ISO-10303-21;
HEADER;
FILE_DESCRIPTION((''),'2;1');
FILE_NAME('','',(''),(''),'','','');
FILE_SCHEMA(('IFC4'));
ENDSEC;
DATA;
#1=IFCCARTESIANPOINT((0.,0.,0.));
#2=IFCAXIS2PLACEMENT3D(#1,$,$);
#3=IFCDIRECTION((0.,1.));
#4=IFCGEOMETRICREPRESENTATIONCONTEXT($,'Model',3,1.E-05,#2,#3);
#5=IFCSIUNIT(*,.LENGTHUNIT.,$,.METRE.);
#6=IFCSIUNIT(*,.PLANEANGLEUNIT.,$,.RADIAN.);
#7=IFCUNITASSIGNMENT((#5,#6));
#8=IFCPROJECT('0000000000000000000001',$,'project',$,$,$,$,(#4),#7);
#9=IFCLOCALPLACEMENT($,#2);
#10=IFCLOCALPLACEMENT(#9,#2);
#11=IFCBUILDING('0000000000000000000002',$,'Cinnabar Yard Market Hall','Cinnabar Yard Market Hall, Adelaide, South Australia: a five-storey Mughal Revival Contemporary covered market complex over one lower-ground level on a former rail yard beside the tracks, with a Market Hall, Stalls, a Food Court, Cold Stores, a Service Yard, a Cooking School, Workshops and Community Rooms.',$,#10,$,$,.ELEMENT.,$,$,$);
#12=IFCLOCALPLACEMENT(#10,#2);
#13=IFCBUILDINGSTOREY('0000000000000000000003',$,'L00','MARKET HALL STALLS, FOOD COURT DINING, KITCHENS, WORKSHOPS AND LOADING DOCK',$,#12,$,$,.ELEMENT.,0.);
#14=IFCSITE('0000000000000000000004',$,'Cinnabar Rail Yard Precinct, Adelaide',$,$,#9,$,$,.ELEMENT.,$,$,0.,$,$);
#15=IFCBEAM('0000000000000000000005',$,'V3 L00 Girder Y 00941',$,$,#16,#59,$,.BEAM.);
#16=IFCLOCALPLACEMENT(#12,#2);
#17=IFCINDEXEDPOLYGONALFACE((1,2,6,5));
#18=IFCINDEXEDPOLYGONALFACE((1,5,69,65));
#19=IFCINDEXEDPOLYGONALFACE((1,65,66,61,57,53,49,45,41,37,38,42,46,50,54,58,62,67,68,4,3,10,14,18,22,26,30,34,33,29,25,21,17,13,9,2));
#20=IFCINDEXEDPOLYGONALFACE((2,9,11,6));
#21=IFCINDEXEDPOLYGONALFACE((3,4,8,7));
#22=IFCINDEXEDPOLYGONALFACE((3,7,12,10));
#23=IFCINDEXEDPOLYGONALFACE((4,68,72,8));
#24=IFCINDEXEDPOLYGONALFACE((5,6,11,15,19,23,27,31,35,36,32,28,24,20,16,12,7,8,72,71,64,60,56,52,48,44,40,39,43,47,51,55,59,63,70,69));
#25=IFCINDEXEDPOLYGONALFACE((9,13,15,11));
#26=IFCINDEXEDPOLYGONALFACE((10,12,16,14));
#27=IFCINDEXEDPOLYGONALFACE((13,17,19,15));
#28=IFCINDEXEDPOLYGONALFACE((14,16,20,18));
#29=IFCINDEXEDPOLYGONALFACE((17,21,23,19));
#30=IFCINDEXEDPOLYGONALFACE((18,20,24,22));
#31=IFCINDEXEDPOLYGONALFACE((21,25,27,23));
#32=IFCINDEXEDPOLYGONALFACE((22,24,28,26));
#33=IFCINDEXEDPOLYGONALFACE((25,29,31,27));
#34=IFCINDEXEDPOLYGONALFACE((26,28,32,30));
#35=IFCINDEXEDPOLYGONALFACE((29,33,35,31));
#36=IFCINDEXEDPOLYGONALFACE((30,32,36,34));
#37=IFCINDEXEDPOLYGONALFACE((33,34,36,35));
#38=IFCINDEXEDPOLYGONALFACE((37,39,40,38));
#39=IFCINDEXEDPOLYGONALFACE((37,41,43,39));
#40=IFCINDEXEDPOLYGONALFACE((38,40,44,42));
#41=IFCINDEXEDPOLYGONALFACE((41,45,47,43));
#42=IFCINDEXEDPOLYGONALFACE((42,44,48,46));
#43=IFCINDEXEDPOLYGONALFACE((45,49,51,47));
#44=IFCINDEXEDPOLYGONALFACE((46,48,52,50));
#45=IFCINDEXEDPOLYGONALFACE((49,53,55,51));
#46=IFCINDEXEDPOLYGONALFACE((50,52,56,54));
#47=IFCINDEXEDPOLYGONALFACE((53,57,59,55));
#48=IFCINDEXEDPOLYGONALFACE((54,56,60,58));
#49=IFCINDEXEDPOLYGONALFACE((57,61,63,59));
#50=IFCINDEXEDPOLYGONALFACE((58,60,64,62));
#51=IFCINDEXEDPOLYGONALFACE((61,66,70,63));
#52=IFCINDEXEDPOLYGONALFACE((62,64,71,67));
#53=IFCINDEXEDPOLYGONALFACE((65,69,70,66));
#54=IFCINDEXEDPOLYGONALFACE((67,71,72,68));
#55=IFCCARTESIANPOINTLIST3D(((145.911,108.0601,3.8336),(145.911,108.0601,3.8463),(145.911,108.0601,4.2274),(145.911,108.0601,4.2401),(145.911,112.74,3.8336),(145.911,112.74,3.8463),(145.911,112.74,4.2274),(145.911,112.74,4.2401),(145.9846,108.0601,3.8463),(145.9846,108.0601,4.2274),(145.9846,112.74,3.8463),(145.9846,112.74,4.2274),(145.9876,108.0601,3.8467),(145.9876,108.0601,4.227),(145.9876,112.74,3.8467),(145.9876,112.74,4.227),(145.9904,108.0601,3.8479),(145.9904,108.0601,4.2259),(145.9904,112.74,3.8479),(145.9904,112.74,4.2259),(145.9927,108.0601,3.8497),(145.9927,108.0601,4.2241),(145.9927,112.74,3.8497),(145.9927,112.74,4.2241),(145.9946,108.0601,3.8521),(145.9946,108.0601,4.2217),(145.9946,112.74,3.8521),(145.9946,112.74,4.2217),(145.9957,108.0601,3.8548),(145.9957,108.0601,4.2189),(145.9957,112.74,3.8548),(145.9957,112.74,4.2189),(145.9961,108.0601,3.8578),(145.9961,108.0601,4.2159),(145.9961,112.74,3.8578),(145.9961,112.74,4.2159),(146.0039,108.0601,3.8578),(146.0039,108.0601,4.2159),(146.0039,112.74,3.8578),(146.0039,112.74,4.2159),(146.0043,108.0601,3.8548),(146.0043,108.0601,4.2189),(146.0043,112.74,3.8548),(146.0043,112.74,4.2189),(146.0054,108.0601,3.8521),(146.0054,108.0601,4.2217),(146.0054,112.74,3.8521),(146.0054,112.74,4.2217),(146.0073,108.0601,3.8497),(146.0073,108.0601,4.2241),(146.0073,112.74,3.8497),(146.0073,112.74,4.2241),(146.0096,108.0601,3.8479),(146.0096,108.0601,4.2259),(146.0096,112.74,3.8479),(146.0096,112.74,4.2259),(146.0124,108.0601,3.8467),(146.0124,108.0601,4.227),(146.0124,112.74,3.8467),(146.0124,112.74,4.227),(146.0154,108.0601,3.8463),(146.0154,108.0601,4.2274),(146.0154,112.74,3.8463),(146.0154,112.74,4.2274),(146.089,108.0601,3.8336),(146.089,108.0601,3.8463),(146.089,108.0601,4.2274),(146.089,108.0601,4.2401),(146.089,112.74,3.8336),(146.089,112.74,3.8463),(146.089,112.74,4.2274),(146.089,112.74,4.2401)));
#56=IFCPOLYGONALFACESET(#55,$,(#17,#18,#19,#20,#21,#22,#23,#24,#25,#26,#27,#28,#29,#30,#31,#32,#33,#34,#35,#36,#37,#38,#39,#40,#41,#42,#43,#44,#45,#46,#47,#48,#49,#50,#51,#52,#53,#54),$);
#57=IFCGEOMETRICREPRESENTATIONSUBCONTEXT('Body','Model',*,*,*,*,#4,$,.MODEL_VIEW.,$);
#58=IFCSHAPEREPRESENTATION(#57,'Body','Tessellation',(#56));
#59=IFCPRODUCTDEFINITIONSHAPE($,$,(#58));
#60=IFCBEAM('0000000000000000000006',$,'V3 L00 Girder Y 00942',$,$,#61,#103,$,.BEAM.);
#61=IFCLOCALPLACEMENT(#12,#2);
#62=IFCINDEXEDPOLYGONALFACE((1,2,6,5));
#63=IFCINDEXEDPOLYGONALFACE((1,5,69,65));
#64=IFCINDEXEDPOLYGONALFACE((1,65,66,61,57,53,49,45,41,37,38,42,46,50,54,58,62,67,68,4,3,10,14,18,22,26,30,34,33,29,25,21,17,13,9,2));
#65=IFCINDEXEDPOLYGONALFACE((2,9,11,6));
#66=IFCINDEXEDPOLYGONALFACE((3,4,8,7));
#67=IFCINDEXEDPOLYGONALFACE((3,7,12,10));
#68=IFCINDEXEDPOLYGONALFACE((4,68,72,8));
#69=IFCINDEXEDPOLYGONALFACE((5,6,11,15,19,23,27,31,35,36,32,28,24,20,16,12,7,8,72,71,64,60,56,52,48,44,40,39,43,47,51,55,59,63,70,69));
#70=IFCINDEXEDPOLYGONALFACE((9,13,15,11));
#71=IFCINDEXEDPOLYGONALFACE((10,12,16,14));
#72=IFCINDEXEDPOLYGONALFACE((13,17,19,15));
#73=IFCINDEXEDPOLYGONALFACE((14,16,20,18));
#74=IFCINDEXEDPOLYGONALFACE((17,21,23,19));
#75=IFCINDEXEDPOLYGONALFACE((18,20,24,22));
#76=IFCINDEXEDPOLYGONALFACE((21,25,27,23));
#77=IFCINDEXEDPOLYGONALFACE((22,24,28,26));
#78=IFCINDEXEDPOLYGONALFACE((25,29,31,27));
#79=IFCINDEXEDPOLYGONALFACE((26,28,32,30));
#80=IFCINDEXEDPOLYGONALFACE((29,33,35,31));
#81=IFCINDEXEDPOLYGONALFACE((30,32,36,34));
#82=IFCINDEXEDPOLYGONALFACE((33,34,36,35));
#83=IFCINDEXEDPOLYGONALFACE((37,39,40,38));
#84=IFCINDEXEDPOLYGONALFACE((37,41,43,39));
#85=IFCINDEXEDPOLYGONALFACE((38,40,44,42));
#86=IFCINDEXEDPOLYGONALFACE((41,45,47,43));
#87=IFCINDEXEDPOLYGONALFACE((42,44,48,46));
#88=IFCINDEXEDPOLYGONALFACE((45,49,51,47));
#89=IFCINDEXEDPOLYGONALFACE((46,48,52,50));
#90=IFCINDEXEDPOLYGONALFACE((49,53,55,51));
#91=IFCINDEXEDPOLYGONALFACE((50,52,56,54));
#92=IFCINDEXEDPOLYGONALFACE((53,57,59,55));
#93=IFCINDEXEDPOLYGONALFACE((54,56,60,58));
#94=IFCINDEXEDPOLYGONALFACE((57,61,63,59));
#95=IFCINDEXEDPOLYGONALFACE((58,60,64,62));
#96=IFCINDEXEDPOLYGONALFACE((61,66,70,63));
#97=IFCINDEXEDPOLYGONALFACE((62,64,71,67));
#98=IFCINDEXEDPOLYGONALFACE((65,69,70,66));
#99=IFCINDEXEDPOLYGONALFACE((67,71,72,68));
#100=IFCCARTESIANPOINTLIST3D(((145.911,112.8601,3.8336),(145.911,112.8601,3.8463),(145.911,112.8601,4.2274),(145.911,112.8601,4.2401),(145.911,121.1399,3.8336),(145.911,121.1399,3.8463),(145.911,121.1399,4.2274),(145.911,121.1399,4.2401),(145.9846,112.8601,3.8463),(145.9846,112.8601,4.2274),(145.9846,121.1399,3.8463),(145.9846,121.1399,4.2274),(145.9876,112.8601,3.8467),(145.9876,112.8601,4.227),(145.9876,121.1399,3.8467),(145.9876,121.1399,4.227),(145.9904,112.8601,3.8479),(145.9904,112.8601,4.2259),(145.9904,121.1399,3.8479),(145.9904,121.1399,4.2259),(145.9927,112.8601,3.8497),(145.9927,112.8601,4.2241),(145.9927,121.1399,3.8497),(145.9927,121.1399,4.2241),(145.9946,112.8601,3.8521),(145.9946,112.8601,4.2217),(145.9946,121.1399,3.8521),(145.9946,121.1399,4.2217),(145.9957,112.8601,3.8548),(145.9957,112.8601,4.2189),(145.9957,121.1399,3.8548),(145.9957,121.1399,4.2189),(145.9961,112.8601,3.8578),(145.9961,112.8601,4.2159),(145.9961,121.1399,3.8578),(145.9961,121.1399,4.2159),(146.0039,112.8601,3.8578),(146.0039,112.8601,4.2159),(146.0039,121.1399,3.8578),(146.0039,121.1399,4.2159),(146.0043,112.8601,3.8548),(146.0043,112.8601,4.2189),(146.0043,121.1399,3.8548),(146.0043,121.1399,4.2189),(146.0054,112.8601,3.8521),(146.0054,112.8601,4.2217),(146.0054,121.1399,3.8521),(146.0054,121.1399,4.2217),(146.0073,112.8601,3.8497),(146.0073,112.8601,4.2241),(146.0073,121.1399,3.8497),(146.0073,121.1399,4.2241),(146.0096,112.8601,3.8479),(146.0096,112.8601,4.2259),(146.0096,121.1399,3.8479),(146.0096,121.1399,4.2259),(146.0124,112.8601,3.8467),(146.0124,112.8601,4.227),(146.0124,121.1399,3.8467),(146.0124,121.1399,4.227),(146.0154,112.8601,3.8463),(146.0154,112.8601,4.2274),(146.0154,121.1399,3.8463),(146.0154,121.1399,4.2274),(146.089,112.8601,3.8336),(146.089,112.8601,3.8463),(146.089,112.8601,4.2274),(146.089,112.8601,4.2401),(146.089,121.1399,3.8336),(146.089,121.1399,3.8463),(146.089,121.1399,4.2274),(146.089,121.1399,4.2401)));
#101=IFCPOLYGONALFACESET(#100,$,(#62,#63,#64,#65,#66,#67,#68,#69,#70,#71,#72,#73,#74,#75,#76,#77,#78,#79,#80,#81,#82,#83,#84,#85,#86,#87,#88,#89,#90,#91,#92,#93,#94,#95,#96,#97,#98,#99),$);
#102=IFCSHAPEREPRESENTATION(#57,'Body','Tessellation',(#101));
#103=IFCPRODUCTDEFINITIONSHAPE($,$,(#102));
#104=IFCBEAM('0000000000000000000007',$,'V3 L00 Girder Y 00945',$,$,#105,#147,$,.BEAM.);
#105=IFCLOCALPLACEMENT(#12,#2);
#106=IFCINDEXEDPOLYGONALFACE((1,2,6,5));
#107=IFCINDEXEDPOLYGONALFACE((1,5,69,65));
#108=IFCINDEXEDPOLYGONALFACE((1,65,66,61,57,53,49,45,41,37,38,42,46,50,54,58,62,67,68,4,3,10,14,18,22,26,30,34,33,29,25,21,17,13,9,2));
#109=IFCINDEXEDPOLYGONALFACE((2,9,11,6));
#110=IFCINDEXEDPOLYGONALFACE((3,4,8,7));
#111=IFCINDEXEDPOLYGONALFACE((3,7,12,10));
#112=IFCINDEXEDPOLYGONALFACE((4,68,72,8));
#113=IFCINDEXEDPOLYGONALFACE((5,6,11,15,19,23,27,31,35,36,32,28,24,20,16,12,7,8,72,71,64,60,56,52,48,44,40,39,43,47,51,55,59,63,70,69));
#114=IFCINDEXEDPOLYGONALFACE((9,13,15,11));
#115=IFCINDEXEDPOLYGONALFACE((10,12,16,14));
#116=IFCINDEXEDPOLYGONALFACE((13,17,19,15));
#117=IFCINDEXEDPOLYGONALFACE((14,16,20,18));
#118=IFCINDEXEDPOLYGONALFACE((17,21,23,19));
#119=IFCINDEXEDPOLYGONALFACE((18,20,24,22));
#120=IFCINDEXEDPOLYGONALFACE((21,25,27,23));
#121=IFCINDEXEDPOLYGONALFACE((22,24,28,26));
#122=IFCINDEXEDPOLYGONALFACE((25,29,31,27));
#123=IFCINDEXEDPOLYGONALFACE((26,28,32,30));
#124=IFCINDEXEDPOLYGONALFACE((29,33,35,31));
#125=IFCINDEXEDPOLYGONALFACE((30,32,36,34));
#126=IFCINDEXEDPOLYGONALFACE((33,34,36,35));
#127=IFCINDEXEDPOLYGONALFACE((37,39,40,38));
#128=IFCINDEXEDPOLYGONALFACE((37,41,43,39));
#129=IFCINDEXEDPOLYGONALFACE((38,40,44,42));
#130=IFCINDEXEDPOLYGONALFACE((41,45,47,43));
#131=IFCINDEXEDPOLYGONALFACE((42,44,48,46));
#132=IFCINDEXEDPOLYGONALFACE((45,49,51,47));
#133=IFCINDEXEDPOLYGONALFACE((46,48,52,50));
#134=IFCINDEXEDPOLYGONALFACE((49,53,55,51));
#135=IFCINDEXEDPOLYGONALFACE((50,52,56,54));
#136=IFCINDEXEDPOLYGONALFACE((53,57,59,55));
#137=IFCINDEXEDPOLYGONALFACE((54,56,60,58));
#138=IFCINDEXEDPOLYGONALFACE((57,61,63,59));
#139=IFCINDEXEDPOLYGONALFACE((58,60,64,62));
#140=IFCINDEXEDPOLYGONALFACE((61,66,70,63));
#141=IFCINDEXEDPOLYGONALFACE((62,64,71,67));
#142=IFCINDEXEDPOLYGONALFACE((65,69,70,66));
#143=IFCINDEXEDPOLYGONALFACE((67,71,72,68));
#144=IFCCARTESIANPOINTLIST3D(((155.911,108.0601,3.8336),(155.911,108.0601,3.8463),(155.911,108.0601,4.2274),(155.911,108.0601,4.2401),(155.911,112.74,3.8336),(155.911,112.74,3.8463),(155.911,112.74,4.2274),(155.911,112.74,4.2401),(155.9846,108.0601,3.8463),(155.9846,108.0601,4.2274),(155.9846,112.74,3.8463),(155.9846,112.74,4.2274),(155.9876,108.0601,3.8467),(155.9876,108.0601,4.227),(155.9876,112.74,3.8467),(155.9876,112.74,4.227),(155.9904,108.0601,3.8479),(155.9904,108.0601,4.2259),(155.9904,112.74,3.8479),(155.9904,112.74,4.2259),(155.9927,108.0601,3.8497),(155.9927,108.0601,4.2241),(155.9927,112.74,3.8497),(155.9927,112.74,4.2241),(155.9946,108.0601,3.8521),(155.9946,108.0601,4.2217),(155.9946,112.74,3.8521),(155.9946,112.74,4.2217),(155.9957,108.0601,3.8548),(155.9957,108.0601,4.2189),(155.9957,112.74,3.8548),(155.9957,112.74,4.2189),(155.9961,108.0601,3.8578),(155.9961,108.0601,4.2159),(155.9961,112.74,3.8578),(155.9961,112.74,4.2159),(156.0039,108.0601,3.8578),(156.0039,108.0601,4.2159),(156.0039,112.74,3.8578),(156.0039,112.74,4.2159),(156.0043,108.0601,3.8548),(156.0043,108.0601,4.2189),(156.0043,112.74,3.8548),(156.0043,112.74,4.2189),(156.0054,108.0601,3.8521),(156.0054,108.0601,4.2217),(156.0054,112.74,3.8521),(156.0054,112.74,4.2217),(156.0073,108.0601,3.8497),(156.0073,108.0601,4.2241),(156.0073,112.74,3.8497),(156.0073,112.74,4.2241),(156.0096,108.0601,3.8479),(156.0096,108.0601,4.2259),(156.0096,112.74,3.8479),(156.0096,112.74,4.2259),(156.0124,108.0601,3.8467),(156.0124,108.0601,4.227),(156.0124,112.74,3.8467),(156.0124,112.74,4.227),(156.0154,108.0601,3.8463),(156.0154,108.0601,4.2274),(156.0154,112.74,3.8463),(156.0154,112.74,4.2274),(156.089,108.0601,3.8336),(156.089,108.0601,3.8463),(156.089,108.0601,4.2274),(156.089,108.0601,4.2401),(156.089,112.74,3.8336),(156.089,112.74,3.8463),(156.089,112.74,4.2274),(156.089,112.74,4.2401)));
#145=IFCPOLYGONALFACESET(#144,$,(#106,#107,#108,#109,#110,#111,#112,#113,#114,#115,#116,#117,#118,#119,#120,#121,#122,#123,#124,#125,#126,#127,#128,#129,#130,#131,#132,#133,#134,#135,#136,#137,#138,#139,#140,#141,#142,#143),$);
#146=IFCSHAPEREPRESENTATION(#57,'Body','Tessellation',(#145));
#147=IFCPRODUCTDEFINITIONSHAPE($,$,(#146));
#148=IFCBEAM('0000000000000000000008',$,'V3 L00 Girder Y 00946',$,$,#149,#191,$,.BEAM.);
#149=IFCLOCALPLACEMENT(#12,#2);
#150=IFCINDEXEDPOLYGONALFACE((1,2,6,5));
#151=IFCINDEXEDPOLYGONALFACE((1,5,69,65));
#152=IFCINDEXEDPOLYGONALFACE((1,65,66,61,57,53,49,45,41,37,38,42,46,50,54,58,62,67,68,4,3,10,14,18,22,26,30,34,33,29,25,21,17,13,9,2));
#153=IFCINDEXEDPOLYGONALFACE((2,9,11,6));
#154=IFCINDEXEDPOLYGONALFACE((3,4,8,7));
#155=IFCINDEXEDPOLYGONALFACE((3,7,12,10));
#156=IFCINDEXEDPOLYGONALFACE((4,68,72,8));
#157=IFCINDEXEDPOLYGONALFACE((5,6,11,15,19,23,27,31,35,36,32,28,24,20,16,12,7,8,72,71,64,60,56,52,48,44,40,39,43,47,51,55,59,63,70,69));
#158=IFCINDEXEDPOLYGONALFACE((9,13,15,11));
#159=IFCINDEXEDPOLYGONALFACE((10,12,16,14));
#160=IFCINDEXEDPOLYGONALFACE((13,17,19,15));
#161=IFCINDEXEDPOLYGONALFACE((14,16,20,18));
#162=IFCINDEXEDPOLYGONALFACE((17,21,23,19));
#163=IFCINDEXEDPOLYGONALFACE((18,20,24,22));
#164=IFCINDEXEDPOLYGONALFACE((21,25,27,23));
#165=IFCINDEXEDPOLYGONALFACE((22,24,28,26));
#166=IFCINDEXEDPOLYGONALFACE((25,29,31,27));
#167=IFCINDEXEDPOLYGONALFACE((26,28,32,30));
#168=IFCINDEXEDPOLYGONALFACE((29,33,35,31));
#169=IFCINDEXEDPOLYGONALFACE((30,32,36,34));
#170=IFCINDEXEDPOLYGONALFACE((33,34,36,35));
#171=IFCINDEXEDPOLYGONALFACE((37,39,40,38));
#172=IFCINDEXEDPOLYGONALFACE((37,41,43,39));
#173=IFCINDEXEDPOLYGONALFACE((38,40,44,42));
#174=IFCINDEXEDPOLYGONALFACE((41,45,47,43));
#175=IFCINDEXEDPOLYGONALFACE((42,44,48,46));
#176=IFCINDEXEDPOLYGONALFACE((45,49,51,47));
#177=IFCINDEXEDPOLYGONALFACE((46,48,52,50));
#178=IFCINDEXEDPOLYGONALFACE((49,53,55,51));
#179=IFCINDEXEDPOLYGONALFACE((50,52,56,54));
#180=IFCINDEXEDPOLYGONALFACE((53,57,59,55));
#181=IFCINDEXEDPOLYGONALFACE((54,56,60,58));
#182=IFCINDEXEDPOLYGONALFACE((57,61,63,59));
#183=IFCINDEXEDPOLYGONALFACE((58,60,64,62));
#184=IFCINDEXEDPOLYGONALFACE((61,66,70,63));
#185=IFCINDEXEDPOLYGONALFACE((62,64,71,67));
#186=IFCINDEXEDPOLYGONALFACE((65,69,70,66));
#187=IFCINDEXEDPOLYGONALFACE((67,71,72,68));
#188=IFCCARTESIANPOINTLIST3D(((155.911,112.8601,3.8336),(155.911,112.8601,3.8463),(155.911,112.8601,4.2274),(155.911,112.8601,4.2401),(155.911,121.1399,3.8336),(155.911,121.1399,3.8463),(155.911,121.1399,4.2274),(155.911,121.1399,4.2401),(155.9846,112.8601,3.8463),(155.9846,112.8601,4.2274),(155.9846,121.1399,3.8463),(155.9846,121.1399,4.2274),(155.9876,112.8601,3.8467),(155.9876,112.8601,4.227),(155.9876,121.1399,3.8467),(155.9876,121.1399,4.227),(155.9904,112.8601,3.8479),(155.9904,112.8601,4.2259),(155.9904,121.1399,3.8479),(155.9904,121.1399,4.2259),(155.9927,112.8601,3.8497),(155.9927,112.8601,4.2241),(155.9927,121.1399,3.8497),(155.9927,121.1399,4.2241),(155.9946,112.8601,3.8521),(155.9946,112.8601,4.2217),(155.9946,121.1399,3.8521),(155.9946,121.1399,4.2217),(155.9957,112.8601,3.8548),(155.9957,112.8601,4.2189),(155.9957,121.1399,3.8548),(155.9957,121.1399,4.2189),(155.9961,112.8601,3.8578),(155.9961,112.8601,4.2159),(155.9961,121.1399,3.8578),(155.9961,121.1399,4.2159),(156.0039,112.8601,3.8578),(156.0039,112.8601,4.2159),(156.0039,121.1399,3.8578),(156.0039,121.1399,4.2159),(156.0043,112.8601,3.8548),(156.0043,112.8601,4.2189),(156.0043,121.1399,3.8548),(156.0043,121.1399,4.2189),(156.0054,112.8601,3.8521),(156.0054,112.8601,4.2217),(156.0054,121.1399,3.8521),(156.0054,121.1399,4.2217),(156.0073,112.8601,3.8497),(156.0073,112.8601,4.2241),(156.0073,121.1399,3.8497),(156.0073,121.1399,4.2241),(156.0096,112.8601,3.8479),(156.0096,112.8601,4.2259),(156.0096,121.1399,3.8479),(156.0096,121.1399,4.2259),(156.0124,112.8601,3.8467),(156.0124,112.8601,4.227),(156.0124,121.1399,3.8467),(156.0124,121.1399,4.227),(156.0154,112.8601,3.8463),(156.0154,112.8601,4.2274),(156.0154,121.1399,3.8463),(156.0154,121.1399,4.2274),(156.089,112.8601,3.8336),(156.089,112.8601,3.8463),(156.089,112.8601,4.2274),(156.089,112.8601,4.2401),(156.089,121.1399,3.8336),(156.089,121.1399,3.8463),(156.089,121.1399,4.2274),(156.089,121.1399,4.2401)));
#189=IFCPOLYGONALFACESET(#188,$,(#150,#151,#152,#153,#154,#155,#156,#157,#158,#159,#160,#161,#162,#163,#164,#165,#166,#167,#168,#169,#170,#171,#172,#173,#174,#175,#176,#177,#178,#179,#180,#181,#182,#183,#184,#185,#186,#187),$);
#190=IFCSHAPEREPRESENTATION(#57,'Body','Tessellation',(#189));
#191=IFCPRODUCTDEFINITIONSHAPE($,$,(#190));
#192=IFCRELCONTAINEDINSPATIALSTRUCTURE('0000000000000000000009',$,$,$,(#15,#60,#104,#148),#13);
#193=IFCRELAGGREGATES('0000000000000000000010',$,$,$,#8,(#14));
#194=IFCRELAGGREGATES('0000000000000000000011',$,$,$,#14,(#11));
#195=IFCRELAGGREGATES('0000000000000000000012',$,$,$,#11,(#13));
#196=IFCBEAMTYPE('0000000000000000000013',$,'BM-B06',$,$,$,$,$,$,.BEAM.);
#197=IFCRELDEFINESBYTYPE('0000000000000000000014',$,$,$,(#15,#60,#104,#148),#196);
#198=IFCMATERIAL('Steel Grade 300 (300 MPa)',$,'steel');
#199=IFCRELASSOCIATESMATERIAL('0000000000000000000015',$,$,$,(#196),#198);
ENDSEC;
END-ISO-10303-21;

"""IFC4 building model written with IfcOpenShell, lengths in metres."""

from ifc_helpers import new_model, si_unit, direction, frame, origin, origin_2d_with_axis, place, context, subcontext, project, spatial, i_section, extrude, material, material_profile, profile_set, type_object, element, save


model = new_model("IFC4")

# Units and contexts
model_context = context("Model", 3, precision=1e-05, world=origin(), true_north=direction((0.0, 1.0)))
body_context = subcontext(model_context, "Body", "Model", "MODEL_VIEW")
ifc_project = project(units=[si_unit("LENGTHUNIT", "METRE"), si_unit("PLANEANGLEUNIT", "RADIAN")], contexts=[model_context])

# Site, building, storey
site_placement = place(None, origin())
site = spatial("IfcSite", under=ifc_project, at=site_placement, Name="Cinnabar Rail Yard Precinct, Adelaide", CompositionType="ELEMENT", RefElevation=0.0)
building_placement = place(site_placement, origin())
building = spatial("IfcBuilding", under=site, at=building_placement, Name="Cinnabar Yard Market Hall", Description="Cinnabar Yard Market Hall, Adelaide, South Australia: a five-storey Mughal Revival Contemporary covered market complex over one lower-ground level on a former rail yard beside the tracks, with a Market Hall, Stalls, a Food Court, Cold Stores, a Service Yard, a Cooking School, Workshops and Community Rooms.", CompositionType="ELEMENT")
storey_placement = place(building_placement, origin())
storey = spatial("IfcBuildingStorey", under=building, at=storey_placement, Name="L00", Description="MARKET HALL STALLS, FOOD COURT DINING, KITCHENS, WORKSHOPS AND LOADING DOCK", CompositionType="ELEMENT", Elevation=0.0)

# Shared definitions
ifc_material_1 = material(Name="Steel Grade 300 (300 MPa)", Category="steel")

# Beams
ifc_material_profile_1 = material_profile(ifc_material_1, i_section(OverallWidth=0.178, OverallDepth=0.4065, WebThickness=0.0078, FlangeThickness=0.0127, FilletRadius=0.0115, at=origin_2d_with_axis()), Name="410UB59.7")
ifc_profile_set_1 = profile_set([ifc_material_profile_1], Name="Steel Grade 300 (300 MPa)")
beam_type_1 = type_object("IfcBeamType", Name="BM-B06", PredefinedType="BEAM", material=ifc_profile_set_1)
beam_1_placement = place(storey_placement, frame((146.0, 108.0601, 4.0369), z_axis=(0.0, 1.0, 0.0), x_axis=(-1.0, 0.0, 0.0)))
element("IfcBeam", 1, at=beam_1_placement, inside=storey, type_object=beam_type_1, Name="V3 L00 Girder Y 00941", PredefinedType="BEAM", context=body_context, shape_type="SweptSolid", body=[
    extrude(i_section(OverallWidth=0.178, OverallDepth=0.4065, WebThickness=0.0078, FlangeThickness=0.0127, FilletRadius=0.0115, at=origin_2d_with_axis()), origin(), (0.0, 0.0, 1.0), 4.6799),
])
beam_2_placement = place(storey_placement, frame((146.0, 112.8601, 4.0369), z_axis=(0.0, 1.0, 0.0), x_axis=(-1.0, 0.0, 0.0)))
element("IfcBeam", 2, at=beam_2_placement, inside=storey, type_object=beam_type_1, Name="V3 L00 Girder Y 00942", PredefinedType="BEAM", context=body_context, shape_type="SweptSolid", body=[
    extrude(i_section(OverallWidth=0.178, OverallDepth=0.4065, WebThickness=0.0078, FlangeThickness=0.0127, FilletRadius=0.0115, at=origin_2d_with_axis()), origin(), (0.0, 0.0, 1.0), 8.2798),
])
beam_3_placement = place(storey_placement, frame((156.0, 108.0601, 4.0369), z_axis=(0.0, 1.0, 0.0), x_axis=(-1.0, 0.0, 0.0)))
element("IfcBeam", 3, at=beam_3_placement, inside=storey, type_object=beam_type_1, Name="V3 L00 Girder Y 00945", PredefinedType="BEAM", context=body_context, shape_type="SweptSolid", body=[
    extrude(i_section(OverallWidth=0.178, OverallDepth=0.4065, WebThickness=0.0078, FlangeThickness=0.0127, FilletRadius=0.0115, at=origin_2d_with_axis()), origin(), (0.0, 0.0, 1.0), 4.6799),
])
beam_4_placement = place(storey_placement, frame((156.0, 112.8601, 4.0369), z_axis=(0.0, 1.0, 0.0), x_axis=(-1.0, 0.0, 0.0)))
element("IfcBeam", 4, at=beam_4_placement, inside=storey, type_object=beam_type_1, Name="V3 L00 Girder Y 00946", PredefinedType="BEAM", context=body_context, shape_type="SweptSolid", body=[
    extrude(i_section(OverallWidth=0.178, OverallDepth=0.4065, WebThickness=0.0078, FlangeThickness=0.0127, FilletRadius=0.0115, at=origin_2d_with_axis()), origin(), (0.0, 0.0, 1.0), 8.2798),
])

save(model, "model.ifc")
